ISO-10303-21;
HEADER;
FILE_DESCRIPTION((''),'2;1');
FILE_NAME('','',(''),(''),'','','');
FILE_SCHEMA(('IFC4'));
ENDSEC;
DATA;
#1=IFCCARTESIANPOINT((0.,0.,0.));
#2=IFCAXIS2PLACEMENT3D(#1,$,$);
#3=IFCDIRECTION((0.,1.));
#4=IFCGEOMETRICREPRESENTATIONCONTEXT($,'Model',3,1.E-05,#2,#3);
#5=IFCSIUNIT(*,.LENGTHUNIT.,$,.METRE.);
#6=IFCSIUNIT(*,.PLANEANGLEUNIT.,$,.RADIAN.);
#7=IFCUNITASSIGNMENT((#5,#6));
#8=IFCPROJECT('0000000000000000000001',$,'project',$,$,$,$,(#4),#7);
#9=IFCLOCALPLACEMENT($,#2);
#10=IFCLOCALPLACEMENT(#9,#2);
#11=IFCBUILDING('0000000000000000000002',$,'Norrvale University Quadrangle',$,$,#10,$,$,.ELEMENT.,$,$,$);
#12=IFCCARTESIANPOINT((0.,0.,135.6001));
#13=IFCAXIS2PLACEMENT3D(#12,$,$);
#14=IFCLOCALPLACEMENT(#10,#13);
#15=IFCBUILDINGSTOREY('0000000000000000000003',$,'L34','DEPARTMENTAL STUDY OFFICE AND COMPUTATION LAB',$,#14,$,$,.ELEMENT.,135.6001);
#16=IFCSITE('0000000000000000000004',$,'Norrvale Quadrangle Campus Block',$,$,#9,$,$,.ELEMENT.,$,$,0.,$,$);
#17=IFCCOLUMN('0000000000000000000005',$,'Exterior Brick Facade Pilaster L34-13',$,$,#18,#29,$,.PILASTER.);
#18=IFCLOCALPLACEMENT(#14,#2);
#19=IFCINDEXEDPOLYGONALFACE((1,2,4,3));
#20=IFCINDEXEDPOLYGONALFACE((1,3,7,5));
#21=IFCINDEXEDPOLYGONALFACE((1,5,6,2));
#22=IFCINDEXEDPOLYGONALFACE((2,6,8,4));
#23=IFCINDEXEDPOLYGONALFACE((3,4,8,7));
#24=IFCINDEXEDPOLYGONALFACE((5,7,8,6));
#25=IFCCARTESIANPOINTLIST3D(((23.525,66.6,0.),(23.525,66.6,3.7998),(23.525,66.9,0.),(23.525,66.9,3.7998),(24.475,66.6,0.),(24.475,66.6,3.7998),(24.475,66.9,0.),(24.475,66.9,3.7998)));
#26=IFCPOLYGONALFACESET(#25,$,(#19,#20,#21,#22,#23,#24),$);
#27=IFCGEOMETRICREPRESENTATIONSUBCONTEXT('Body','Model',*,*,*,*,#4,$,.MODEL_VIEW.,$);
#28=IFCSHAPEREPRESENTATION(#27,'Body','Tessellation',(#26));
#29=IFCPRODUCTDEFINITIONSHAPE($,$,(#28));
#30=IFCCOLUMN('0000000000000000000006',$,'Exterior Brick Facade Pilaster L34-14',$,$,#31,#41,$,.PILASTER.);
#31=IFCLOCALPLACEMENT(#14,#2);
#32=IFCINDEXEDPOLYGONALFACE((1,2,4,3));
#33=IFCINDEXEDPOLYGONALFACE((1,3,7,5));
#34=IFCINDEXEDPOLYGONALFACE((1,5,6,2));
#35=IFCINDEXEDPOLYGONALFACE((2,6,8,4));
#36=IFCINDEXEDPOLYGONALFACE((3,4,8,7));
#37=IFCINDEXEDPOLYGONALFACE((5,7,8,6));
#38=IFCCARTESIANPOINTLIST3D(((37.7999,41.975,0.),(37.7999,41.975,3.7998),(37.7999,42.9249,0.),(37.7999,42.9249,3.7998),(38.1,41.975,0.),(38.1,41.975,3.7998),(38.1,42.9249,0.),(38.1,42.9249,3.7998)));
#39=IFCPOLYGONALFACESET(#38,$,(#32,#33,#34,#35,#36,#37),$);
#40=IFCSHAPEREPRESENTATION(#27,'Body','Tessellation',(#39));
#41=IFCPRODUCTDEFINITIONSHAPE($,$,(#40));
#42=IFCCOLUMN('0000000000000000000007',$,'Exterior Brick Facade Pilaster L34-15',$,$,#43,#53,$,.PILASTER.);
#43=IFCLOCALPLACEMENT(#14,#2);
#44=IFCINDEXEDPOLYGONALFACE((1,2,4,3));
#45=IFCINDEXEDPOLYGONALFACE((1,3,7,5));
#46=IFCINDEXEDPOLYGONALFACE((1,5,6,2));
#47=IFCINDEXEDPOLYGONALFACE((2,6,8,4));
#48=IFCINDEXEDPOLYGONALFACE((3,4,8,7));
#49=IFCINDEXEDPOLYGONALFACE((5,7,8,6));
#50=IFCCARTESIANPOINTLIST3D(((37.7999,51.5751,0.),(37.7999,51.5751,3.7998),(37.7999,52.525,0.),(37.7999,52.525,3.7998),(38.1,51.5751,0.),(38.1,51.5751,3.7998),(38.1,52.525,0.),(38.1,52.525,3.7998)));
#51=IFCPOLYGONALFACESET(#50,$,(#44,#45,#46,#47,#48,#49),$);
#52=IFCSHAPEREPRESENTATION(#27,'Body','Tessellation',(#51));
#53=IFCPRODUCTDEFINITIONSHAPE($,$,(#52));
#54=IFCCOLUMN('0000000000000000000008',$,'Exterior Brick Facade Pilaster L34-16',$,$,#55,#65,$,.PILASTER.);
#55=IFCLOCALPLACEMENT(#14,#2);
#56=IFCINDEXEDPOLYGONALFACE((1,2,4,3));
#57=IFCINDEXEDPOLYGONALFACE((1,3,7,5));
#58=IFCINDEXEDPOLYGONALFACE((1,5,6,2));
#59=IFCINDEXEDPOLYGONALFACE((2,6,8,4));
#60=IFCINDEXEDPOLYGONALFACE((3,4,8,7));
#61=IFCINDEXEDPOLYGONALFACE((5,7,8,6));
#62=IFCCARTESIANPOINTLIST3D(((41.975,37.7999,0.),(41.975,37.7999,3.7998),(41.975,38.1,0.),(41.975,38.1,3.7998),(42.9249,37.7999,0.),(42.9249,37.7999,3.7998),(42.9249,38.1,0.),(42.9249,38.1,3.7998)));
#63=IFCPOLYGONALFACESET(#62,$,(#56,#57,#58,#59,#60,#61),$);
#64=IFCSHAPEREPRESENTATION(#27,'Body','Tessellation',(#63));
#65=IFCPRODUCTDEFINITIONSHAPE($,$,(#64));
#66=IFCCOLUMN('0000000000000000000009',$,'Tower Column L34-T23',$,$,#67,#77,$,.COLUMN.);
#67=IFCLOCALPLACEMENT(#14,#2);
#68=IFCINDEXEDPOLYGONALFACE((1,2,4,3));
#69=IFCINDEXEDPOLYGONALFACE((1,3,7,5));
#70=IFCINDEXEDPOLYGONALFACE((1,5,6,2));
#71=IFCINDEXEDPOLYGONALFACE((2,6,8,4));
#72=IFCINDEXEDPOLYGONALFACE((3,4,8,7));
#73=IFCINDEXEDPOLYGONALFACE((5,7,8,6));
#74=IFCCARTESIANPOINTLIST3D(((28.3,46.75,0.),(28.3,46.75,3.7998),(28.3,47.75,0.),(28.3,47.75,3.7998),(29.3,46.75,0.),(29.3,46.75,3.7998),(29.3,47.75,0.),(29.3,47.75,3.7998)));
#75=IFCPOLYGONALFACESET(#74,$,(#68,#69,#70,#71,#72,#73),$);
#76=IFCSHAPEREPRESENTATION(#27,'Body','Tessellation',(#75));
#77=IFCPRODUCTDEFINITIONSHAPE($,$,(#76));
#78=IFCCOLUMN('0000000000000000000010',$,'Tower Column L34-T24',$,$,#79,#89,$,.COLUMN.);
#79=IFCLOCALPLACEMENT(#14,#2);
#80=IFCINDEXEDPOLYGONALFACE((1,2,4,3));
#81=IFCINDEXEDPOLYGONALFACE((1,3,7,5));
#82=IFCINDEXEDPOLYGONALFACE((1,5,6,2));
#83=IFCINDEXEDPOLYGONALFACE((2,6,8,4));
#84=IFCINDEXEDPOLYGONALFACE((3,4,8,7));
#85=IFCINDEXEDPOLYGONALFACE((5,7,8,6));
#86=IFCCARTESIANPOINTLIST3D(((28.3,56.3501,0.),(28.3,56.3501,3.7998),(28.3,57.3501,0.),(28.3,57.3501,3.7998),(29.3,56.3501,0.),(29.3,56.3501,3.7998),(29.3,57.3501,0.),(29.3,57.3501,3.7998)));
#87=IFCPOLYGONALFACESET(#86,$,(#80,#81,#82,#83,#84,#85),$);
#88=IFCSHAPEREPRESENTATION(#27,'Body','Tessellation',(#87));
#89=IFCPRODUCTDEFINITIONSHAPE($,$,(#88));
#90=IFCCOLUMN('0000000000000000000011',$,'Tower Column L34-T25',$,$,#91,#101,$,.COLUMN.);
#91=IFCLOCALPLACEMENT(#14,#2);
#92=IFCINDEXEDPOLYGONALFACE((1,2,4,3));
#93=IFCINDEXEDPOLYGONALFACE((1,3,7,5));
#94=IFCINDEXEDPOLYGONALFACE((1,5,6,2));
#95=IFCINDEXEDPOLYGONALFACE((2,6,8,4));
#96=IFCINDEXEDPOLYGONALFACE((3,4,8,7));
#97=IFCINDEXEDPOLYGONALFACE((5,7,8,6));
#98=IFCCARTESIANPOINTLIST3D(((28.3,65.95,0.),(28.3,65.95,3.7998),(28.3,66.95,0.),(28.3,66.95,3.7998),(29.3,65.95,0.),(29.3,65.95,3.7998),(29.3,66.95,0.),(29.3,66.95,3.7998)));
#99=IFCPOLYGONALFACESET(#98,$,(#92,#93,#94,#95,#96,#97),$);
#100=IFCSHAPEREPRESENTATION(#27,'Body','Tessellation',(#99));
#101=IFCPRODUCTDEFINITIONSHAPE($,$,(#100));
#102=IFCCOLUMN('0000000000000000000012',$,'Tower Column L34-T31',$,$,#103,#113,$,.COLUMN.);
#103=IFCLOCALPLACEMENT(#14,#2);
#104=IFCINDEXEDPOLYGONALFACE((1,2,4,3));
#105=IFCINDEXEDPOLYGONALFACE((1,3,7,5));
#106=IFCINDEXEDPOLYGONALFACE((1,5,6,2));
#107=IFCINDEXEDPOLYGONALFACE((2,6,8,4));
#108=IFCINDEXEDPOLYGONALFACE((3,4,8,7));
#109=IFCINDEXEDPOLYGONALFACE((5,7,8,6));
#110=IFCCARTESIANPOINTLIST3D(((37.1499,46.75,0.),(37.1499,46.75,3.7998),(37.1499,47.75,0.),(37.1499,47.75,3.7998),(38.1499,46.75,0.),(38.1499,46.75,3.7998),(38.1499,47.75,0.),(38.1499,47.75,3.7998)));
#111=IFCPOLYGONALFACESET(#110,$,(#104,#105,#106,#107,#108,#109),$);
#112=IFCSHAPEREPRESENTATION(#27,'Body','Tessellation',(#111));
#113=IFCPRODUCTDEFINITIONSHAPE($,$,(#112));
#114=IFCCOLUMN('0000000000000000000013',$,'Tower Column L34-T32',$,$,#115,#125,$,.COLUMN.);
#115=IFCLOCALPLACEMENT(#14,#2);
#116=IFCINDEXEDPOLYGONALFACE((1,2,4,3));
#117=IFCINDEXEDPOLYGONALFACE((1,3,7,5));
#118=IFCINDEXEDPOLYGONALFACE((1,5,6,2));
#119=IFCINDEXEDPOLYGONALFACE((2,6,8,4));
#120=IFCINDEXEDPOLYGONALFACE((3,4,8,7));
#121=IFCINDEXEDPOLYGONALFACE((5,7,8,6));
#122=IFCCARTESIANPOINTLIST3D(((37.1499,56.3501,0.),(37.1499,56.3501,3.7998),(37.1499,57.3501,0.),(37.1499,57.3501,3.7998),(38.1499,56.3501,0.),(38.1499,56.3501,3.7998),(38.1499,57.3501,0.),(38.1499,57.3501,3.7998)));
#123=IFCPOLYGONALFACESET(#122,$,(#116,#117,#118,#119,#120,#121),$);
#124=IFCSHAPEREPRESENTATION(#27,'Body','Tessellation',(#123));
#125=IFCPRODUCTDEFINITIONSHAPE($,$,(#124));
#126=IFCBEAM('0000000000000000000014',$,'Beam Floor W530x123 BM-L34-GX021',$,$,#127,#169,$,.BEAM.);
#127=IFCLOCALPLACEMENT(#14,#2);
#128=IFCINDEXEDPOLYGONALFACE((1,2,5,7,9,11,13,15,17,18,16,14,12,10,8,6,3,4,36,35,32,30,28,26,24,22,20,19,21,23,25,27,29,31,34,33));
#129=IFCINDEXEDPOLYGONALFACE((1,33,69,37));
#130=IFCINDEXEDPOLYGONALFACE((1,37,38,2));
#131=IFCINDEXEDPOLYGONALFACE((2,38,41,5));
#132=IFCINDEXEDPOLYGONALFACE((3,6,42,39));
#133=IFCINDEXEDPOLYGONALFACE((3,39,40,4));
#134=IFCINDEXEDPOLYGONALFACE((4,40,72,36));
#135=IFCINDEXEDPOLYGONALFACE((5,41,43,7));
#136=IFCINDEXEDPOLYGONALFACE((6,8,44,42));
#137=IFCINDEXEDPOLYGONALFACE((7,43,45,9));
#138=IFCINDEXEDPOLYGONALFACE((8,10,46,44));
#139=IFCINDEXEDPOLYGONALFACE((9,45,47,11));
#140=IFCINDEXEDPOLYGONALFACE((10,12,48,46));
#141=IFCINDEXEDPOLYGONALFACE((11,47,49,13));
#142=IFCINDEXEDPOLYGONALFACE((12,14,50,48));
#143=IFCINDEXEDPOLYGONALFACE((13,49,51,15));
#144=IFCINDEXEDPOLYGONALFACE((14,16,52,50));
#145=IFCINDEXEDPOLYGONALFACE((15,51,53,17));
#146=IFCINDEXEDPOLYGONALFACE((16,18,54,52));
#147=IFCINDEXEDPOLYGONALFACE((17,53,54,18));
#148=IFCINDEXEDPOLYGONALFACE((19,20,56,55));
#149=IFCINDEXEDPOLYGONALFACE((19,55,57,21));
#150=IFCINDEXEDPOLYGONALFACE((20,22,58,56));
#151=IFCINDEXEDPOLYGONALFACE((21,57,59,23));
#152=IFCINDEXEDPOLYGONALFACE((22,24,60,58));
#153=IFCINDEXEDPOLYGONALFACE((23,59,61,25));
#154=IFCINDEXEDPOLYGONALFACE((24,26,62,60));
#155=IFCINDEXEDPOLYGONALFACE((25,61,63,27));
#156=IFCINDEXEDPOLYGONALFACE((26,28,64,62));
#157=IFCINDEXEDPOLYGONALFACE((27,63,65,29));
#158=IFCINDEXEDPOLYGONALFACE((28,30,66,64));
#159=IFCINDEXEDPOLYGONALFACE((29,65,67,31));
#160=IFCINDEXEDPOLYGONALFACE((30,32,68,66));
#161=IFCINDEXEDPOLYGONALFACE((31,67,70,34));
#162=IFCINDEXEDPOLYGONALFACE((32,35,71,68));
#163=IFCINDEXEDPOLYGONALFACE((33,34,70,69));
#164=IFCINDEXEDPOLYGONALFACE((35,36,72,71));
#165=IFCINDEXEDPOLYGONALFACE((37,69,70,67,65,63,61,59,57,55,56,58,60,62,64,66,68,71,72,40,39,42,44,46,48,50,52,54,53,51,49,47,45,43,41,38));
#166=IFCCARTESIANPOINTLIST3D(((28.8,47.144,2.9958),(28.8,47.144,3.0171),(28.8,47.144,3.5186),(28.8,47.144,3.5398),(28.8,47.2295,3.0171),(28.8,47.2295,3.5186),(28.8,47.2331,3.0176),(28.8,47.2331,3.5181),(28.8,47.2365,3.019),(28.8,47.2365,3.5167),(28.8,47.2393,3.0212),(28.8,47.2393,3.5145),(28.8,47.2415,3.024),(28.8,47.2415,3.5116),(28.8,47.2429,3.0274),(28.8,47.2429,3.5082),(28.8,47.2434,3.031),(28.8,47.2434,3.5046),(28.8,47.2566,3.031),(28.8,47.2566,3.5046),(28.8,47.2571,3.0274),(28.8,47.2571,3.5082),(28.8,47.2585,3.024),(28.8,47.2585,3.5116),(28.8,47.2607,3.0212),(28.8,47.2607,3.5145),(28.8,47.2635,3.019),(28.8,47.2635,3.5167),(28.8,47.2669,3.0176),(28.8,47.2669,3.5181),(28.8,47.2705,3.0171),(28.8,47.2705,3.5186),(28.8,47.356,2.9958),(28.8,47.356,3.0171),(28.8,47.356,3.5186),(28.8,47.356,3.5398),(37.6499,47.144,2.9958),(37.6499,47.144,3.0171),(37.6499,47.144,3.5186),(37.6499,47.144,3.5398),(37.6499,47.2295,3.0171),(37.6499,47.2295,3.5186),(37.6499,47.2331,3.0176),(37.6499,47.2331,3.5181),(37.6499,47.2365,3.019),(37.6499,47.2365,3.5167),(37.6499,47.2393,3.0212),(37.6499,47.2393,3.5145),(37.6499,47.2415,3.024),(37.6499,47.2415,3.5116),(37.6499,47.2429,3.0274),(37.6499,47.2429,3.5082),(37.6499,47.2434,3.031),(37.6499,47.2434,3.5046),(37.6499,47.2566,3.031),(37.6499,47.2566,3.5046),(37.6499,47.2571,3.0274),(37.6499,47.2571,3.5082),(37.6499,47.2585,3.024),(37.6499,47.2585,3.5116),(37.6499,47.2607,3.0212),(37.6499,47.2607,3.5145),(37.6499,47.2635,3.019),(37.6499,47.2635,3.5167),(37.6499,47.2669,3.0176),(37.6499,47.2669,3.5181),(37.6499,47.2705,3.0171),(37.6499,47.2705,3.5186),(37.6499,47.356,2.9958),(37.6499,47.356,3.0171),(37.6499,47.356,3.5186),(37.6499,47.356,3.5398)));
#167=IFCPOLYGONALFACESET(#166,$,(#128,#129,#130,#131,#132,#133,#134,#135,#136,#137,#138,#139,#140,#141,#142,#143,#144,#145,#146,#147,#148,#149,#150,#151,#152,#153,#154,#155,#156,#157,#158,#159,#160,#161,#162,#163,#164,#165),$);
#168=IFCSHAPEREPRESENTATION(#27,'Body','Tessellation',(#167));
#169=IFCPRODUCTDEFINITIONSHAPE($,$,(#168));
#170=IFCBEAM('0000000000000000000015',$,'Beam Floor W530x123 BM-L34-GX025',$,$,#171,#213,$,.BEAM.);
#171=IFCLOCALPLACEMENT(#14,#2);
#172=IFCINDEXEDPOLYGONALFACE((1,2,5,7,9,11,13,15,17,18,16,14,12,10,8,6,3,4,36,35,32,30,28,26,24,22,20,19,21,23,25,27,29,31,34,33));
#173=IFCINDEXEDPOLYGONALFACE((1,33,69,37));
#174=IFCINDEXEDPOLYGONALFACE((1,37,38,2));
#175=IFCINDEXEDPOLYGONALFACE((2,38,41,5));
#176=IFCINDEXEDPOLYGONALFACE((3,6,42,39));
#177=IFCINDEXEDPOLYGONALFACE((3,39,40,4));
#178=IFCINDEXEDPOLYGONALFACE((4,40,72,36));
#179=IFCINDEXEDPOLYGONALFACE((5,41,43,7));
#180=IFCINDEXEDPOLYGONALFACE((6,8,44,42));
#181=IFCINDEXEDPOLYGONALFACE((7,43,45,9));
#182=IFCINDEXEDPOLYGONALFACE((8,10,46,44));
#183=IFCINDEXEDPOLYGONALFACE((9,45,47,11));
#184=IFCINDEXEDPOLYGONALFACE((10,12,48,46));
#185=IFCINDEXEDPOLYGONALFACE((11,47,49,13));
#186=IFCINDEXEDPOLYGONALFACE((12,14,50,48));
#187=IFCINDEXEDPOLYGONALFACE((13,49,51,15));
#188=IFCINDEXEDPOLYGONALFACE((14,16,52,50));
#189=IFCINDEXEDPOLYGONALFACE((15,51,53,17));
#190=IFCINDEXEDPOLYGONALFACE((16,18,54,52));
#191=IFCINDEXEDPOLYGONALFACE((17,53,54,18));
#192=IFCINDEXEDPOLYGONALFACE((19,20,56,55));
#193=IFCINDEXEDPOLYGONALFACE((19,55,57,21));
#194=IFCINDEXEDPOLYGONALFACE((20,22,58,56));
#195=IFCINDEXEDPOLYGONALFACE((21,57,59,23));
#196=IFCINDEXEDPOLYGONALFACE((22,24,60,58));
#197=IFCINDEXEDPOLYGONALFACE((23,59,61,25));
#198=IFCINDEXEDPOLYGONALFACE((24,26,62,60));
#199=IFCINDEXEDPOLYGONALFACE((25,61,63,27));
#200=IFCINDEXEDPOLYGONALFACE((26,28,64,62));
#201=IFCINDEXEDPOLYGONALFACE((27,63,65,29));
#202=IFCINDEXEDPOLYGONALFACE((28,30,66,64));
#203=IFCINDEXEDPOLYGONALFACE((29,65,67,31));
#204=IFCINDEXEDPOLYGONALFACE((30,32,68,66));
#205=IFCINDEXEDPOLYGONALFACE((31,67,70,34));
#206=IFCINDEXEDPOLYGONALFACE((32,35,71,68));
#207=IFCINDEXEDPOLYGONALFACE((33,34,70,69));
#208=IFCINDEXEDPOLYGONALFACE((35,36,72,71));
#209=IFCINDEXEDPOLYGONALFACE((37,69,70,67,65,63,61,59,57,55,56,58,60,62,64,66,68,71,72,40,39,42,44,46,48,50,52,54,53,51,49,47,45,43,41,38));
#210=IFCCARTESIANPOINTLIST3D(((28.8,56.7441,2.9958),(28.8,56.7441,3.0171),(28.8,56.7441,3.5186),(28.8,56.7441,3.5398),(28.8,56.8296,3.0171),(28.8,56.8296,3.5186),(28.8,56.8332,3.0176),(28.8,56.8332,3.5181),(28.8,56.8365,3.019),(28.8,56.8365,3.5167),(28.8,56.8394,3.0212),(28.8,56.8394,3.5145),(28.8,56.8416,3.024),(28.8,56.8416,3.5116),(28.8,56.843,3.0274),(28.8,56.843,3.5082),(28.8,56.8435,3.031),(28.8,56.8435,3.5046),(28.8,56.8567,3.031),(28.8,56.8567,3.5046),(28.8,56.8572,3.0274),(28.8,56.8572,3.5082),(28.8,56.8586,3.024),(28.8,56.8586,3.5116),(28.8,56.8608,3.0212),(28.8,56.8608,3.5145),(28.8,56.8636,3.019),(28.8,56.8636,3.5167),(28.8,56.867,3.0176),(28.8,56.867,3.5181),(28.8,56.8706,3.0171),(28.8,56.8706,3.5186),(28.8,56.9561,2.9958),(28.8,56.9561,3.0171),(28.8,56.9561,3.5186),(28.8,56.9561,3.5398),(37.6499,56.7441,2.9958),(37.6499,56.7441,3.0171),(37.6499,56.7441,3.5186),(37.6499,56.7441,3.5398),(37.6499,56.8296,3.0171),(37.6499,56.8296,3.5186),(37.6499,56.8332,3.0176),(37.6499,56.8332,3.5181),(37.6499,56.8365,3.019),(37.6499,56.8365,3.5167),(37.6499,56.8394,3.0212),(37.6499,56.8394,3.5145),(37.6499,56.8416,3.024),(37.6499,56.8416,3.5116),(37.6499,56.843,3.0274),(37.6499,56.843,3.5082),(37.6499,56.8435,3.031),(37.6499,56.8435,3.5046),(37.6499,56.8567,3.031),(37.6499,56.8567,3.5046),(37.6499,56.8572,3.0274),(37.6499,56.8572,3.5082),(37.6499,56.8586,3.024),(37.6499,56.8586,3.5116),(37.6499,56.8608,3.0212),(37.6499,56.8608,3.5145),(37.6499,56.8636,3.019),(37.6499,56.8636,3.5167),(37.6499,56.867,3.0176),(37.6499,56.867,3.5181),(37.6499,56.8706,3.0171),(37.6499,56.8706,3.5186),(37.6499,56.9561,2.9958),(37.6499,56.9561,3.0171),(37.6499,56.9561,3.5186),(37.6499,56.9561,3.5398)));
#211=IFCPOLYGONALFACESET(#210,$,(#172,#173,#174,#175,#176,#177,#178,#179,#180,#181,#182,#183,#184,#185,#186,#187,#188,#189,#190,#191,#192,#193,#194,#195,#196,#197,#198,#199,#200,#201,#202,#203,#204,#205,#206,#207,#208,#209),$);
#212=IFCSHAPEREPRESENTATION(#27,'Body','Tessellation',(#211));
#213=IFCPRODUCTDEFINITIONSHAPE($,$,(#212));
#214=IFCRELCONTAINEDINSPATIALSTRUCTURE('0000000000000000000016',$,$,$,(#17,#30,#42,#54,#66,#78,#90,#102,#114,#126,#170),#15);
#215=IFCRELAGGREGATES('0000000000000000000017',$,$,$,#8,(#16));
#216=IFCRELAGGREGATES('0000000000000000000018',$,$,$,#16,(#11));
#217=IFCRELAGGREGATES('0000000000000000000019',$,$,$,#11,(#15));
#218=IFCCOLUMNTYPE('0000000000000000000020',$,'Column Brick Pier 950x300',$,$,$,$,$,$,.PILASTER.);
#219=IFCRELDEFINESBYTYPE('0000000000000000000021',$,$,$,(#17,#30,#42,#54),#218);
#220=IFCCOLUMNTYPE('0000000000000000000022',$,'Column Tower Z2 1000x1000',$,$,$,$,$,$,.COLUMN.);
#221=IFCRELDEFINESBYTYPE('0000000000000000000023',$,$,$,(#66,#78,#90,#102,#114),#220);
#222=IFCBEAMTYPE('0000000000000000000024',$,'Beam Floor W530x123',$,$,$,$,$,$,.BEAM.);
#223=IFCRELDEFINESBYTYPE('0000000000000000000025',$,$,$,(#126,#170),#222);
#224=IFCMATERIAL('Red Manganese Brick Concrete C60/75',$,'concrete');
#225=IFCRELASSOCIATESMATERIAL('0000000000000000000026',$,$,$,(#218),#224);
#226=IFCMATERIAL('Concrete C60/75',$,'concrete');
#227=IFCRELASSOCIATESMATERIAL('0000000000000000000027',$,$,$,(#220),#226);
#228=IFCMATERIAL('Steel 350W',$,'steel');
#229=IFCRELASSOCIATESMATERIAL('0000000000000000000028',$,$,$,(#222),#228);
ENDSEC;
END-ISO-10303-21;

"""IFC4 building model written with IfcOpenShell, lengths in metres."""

from ifc_helpers import new_model, si_unit, direction, frame, origin, origin_2d, place, context, subcontext, project, spatial, rectangle, i_section, extrude, material, material_profile, profile_set, type_object, element, save


model = new_model("IFC4")

# Units and contexts
model_context = context("Model", 3, precision=1e-05, world=origin(), true_north=direction((0.0, 1.0)))
body_context = subcontext(model_context, "Body", "Model", "MODEL_VIEW")
ifc_project = project(units=[si_unit("LENGTHUNIT", "METRE"), si_unit("PLANEANGLEUNIT", "RADIAN")], contexts=[model_context])

# Site, building, storey
site_placement = place(None, origin())
site = spatial("IfcSite", under=ifc_project, at=site_placement, Name="Norrvale Quadrangle Campus Block", CompositionType="ELEMENT", RefElevation=0.0)
building_placement = place(site_placement, origin())
building = spatial("IfcBuilding", under=site, at=building_placement, Name="Norrvale University Quadrangle", CompositionType="ELEMENT")
storey_placement = place(building_placement, frame((0.0, 0.0, 135.6001)))
storey = spatial("IfcBuildingStorey", under=building, at=storey_placement, Name="L34", Description="DEPARTMENTAL STUDY OFFICE AND COMPUTATION LAB", CompositionType="ELEMENT", Elevation=135.6001)

# Columns
ifc_material_1 = material(Name="Red Manganese Brick Concrete C60/75", Category="concrete")
ifc_material_profile_1 = material_profile(ifc_material_1, rectangle(XDim=0.95, YDim=0.3, at=origin_2d()), Name="Red Manganese Brick Concrete C60/75")
ifc_profile_set_1 = profile_set([ifc_material_profile_1], Name="Red Manganese Brick Concrete C60/75")
column_type_1 = type_object("IfcColumnType", Name="Column Brick Pier 950x300", PredefinedType="PILASTER", material=ifc_profile_set_1)
for number, where, z_axis, x_axis, name in (
    (1, (24.0, 66.75, 0.0), (0.0, 0.0, 1.0), (1.0, 0.0, 0.0), "Exterior Brick Facade Pilaster L34-13"),
    (2, (37.95, 42.45, 0.0), (0.0, 0.0, 1.0), (0.0, 1.0, 0.0), "Exterior Brick Facade Pilaster L34-14"),
    (3, (37.95, 52.05, 0.0), (0.0, 0.0, 1.0), (0.0, 1.0, 0.0), "Exterior Brick Facade Pilaster L34-15"),
    (4, (42.45, 37.95, 0.0), (0.0, 0.0, 1.0), (1.0, 0.0, 0.0), "Exterior Brick Facade Pilaster L34-16"),
):
    element("IfcColumn", number, at=place(storey_placement, frame(where, z_axis=z_axis, x_axis=x_axis)), inside=storey, type_object=column_type_1, Name=name, PredefinedType="PILASTER", context=body_context, shape_type="SweptSolid", body=[
        extrude(rectangle(XDim=0.95, YDim=0.3, at=origin_2d()), origin(), (0.0, 0.0, 1.0), 3.7998),
    ])
ifc_material_2 = material(Name="Concrete C60/75", Category="concrete")
ifc_material_profile_2 = material_profile(ifc_material_2, rectangle(XDim=1.0, YDim=1.0, at=origin_2d()), Name="Concrete C60/75")
ifc_profile_set_2 = profile_set([ifc_material_profile_2], Name="Concrete C60/75")
column_type_2 = type_object("IfcColumnType", Name="Column Tower Z2 1000x1000", PredefinedType="COLUMN", material=ifc_profile_set_2)
for number, where, z_axis, x_axis, name in (
    (5, (28.8, 47.25, 0.0), (0.0, 0.0, 1.0), (1.0, 0.0, 0.0), "Tower Column L34-T23"),
    (6, (28.8, 56.8501, 0.0), (0.0, 0.0, 1.0), (1.0, 0.0, 0.0), "Tower Column L34-T24"),
    (7, (28.8, 66.45, 0.0), (0.0, 0.0, 1.0), (1.0, 0.0, 0.0), "Tower Column L34-T25"),
    (8, (37.6499, 47.25, 0.0), (0.0, 0.0, 1.0), (1.0, 0.0, 0.0), "Tower Column L34-T31"),
    (9, (37.6499, 56.8501, 0.0), (0.0, 0.0, 1.0), (1.0, 0.0, 0.0), "Tower Column L34-T32"),
):
    element("IfcColumn", number, at=place(storey_placement, frame(where, z_axis=z_axis, x_axis=x_axis)), inside=storey, type_object=column_type_2, Name=name, PredefinedType="COLUMN", context=body_context, shape_type="SweptSolid", body=[
        extrude(rectangle(XDim=1.0, YDim=1.0, at=origin_2d()), origin(), (0.0, 0.0, 1.0), 3.7998),
    ])

# Beams
ifc_material_3 = material(Name="Steel 350W", Category="steel")
ifc_material_profile_3 = material_profile(ifc_material_3, i_section(OverallWidth=0.2119, OverallDepth=0.5439, WebThickness=0.0132, FlangeThickness=0.0212, FilletRadius=0.0139, at=origin_2d()), Name="Steel 350W")
ifc_profile_set_3 = profile_set([ifc_material_profile_3], Name="Steel 350W")
beam_type_1 = type_object("IfcBeamType", Name="Beam Floor W530x123", PredefinedType="BEAM", material=ifc_profile_set_3)
for number, where, z_axis, x_axis, name in (
    (10, (28.8, 47.25, 3.2678), (1.0, 0.0, 0.0), (0.0, 1.0, 0.0), "Beam Floor W530x123 BM-L34-GX021"),
    (11, (28.8, 56.8501, 3.2678), (1.0, 0.0, 0.0), (0.0, 1.0, 0.0), "Beam Floor W530x123 BM-L34-GX025"),
):
    element("IfcBeam", number, at=place(storey_placement, frame(where, z_axis=z_axis, x_axis=x_axis)), inside=storey, type_object=beam_type_1, Name=name, PredefinedType="BEAM", context=body_context, shape_type="SweptSolid", body=[
        extrude(i_section(OverallWidth=0.2119, OverallDepth=0.5439, WebThickness=0.0132, FlangeThickness=0.0212, FilletRadius=0.0139, at=origin_2d()), origin(), (0.0, 0.0, 1.0), 8.8499),
    ])

save(model, "model.ifc")
